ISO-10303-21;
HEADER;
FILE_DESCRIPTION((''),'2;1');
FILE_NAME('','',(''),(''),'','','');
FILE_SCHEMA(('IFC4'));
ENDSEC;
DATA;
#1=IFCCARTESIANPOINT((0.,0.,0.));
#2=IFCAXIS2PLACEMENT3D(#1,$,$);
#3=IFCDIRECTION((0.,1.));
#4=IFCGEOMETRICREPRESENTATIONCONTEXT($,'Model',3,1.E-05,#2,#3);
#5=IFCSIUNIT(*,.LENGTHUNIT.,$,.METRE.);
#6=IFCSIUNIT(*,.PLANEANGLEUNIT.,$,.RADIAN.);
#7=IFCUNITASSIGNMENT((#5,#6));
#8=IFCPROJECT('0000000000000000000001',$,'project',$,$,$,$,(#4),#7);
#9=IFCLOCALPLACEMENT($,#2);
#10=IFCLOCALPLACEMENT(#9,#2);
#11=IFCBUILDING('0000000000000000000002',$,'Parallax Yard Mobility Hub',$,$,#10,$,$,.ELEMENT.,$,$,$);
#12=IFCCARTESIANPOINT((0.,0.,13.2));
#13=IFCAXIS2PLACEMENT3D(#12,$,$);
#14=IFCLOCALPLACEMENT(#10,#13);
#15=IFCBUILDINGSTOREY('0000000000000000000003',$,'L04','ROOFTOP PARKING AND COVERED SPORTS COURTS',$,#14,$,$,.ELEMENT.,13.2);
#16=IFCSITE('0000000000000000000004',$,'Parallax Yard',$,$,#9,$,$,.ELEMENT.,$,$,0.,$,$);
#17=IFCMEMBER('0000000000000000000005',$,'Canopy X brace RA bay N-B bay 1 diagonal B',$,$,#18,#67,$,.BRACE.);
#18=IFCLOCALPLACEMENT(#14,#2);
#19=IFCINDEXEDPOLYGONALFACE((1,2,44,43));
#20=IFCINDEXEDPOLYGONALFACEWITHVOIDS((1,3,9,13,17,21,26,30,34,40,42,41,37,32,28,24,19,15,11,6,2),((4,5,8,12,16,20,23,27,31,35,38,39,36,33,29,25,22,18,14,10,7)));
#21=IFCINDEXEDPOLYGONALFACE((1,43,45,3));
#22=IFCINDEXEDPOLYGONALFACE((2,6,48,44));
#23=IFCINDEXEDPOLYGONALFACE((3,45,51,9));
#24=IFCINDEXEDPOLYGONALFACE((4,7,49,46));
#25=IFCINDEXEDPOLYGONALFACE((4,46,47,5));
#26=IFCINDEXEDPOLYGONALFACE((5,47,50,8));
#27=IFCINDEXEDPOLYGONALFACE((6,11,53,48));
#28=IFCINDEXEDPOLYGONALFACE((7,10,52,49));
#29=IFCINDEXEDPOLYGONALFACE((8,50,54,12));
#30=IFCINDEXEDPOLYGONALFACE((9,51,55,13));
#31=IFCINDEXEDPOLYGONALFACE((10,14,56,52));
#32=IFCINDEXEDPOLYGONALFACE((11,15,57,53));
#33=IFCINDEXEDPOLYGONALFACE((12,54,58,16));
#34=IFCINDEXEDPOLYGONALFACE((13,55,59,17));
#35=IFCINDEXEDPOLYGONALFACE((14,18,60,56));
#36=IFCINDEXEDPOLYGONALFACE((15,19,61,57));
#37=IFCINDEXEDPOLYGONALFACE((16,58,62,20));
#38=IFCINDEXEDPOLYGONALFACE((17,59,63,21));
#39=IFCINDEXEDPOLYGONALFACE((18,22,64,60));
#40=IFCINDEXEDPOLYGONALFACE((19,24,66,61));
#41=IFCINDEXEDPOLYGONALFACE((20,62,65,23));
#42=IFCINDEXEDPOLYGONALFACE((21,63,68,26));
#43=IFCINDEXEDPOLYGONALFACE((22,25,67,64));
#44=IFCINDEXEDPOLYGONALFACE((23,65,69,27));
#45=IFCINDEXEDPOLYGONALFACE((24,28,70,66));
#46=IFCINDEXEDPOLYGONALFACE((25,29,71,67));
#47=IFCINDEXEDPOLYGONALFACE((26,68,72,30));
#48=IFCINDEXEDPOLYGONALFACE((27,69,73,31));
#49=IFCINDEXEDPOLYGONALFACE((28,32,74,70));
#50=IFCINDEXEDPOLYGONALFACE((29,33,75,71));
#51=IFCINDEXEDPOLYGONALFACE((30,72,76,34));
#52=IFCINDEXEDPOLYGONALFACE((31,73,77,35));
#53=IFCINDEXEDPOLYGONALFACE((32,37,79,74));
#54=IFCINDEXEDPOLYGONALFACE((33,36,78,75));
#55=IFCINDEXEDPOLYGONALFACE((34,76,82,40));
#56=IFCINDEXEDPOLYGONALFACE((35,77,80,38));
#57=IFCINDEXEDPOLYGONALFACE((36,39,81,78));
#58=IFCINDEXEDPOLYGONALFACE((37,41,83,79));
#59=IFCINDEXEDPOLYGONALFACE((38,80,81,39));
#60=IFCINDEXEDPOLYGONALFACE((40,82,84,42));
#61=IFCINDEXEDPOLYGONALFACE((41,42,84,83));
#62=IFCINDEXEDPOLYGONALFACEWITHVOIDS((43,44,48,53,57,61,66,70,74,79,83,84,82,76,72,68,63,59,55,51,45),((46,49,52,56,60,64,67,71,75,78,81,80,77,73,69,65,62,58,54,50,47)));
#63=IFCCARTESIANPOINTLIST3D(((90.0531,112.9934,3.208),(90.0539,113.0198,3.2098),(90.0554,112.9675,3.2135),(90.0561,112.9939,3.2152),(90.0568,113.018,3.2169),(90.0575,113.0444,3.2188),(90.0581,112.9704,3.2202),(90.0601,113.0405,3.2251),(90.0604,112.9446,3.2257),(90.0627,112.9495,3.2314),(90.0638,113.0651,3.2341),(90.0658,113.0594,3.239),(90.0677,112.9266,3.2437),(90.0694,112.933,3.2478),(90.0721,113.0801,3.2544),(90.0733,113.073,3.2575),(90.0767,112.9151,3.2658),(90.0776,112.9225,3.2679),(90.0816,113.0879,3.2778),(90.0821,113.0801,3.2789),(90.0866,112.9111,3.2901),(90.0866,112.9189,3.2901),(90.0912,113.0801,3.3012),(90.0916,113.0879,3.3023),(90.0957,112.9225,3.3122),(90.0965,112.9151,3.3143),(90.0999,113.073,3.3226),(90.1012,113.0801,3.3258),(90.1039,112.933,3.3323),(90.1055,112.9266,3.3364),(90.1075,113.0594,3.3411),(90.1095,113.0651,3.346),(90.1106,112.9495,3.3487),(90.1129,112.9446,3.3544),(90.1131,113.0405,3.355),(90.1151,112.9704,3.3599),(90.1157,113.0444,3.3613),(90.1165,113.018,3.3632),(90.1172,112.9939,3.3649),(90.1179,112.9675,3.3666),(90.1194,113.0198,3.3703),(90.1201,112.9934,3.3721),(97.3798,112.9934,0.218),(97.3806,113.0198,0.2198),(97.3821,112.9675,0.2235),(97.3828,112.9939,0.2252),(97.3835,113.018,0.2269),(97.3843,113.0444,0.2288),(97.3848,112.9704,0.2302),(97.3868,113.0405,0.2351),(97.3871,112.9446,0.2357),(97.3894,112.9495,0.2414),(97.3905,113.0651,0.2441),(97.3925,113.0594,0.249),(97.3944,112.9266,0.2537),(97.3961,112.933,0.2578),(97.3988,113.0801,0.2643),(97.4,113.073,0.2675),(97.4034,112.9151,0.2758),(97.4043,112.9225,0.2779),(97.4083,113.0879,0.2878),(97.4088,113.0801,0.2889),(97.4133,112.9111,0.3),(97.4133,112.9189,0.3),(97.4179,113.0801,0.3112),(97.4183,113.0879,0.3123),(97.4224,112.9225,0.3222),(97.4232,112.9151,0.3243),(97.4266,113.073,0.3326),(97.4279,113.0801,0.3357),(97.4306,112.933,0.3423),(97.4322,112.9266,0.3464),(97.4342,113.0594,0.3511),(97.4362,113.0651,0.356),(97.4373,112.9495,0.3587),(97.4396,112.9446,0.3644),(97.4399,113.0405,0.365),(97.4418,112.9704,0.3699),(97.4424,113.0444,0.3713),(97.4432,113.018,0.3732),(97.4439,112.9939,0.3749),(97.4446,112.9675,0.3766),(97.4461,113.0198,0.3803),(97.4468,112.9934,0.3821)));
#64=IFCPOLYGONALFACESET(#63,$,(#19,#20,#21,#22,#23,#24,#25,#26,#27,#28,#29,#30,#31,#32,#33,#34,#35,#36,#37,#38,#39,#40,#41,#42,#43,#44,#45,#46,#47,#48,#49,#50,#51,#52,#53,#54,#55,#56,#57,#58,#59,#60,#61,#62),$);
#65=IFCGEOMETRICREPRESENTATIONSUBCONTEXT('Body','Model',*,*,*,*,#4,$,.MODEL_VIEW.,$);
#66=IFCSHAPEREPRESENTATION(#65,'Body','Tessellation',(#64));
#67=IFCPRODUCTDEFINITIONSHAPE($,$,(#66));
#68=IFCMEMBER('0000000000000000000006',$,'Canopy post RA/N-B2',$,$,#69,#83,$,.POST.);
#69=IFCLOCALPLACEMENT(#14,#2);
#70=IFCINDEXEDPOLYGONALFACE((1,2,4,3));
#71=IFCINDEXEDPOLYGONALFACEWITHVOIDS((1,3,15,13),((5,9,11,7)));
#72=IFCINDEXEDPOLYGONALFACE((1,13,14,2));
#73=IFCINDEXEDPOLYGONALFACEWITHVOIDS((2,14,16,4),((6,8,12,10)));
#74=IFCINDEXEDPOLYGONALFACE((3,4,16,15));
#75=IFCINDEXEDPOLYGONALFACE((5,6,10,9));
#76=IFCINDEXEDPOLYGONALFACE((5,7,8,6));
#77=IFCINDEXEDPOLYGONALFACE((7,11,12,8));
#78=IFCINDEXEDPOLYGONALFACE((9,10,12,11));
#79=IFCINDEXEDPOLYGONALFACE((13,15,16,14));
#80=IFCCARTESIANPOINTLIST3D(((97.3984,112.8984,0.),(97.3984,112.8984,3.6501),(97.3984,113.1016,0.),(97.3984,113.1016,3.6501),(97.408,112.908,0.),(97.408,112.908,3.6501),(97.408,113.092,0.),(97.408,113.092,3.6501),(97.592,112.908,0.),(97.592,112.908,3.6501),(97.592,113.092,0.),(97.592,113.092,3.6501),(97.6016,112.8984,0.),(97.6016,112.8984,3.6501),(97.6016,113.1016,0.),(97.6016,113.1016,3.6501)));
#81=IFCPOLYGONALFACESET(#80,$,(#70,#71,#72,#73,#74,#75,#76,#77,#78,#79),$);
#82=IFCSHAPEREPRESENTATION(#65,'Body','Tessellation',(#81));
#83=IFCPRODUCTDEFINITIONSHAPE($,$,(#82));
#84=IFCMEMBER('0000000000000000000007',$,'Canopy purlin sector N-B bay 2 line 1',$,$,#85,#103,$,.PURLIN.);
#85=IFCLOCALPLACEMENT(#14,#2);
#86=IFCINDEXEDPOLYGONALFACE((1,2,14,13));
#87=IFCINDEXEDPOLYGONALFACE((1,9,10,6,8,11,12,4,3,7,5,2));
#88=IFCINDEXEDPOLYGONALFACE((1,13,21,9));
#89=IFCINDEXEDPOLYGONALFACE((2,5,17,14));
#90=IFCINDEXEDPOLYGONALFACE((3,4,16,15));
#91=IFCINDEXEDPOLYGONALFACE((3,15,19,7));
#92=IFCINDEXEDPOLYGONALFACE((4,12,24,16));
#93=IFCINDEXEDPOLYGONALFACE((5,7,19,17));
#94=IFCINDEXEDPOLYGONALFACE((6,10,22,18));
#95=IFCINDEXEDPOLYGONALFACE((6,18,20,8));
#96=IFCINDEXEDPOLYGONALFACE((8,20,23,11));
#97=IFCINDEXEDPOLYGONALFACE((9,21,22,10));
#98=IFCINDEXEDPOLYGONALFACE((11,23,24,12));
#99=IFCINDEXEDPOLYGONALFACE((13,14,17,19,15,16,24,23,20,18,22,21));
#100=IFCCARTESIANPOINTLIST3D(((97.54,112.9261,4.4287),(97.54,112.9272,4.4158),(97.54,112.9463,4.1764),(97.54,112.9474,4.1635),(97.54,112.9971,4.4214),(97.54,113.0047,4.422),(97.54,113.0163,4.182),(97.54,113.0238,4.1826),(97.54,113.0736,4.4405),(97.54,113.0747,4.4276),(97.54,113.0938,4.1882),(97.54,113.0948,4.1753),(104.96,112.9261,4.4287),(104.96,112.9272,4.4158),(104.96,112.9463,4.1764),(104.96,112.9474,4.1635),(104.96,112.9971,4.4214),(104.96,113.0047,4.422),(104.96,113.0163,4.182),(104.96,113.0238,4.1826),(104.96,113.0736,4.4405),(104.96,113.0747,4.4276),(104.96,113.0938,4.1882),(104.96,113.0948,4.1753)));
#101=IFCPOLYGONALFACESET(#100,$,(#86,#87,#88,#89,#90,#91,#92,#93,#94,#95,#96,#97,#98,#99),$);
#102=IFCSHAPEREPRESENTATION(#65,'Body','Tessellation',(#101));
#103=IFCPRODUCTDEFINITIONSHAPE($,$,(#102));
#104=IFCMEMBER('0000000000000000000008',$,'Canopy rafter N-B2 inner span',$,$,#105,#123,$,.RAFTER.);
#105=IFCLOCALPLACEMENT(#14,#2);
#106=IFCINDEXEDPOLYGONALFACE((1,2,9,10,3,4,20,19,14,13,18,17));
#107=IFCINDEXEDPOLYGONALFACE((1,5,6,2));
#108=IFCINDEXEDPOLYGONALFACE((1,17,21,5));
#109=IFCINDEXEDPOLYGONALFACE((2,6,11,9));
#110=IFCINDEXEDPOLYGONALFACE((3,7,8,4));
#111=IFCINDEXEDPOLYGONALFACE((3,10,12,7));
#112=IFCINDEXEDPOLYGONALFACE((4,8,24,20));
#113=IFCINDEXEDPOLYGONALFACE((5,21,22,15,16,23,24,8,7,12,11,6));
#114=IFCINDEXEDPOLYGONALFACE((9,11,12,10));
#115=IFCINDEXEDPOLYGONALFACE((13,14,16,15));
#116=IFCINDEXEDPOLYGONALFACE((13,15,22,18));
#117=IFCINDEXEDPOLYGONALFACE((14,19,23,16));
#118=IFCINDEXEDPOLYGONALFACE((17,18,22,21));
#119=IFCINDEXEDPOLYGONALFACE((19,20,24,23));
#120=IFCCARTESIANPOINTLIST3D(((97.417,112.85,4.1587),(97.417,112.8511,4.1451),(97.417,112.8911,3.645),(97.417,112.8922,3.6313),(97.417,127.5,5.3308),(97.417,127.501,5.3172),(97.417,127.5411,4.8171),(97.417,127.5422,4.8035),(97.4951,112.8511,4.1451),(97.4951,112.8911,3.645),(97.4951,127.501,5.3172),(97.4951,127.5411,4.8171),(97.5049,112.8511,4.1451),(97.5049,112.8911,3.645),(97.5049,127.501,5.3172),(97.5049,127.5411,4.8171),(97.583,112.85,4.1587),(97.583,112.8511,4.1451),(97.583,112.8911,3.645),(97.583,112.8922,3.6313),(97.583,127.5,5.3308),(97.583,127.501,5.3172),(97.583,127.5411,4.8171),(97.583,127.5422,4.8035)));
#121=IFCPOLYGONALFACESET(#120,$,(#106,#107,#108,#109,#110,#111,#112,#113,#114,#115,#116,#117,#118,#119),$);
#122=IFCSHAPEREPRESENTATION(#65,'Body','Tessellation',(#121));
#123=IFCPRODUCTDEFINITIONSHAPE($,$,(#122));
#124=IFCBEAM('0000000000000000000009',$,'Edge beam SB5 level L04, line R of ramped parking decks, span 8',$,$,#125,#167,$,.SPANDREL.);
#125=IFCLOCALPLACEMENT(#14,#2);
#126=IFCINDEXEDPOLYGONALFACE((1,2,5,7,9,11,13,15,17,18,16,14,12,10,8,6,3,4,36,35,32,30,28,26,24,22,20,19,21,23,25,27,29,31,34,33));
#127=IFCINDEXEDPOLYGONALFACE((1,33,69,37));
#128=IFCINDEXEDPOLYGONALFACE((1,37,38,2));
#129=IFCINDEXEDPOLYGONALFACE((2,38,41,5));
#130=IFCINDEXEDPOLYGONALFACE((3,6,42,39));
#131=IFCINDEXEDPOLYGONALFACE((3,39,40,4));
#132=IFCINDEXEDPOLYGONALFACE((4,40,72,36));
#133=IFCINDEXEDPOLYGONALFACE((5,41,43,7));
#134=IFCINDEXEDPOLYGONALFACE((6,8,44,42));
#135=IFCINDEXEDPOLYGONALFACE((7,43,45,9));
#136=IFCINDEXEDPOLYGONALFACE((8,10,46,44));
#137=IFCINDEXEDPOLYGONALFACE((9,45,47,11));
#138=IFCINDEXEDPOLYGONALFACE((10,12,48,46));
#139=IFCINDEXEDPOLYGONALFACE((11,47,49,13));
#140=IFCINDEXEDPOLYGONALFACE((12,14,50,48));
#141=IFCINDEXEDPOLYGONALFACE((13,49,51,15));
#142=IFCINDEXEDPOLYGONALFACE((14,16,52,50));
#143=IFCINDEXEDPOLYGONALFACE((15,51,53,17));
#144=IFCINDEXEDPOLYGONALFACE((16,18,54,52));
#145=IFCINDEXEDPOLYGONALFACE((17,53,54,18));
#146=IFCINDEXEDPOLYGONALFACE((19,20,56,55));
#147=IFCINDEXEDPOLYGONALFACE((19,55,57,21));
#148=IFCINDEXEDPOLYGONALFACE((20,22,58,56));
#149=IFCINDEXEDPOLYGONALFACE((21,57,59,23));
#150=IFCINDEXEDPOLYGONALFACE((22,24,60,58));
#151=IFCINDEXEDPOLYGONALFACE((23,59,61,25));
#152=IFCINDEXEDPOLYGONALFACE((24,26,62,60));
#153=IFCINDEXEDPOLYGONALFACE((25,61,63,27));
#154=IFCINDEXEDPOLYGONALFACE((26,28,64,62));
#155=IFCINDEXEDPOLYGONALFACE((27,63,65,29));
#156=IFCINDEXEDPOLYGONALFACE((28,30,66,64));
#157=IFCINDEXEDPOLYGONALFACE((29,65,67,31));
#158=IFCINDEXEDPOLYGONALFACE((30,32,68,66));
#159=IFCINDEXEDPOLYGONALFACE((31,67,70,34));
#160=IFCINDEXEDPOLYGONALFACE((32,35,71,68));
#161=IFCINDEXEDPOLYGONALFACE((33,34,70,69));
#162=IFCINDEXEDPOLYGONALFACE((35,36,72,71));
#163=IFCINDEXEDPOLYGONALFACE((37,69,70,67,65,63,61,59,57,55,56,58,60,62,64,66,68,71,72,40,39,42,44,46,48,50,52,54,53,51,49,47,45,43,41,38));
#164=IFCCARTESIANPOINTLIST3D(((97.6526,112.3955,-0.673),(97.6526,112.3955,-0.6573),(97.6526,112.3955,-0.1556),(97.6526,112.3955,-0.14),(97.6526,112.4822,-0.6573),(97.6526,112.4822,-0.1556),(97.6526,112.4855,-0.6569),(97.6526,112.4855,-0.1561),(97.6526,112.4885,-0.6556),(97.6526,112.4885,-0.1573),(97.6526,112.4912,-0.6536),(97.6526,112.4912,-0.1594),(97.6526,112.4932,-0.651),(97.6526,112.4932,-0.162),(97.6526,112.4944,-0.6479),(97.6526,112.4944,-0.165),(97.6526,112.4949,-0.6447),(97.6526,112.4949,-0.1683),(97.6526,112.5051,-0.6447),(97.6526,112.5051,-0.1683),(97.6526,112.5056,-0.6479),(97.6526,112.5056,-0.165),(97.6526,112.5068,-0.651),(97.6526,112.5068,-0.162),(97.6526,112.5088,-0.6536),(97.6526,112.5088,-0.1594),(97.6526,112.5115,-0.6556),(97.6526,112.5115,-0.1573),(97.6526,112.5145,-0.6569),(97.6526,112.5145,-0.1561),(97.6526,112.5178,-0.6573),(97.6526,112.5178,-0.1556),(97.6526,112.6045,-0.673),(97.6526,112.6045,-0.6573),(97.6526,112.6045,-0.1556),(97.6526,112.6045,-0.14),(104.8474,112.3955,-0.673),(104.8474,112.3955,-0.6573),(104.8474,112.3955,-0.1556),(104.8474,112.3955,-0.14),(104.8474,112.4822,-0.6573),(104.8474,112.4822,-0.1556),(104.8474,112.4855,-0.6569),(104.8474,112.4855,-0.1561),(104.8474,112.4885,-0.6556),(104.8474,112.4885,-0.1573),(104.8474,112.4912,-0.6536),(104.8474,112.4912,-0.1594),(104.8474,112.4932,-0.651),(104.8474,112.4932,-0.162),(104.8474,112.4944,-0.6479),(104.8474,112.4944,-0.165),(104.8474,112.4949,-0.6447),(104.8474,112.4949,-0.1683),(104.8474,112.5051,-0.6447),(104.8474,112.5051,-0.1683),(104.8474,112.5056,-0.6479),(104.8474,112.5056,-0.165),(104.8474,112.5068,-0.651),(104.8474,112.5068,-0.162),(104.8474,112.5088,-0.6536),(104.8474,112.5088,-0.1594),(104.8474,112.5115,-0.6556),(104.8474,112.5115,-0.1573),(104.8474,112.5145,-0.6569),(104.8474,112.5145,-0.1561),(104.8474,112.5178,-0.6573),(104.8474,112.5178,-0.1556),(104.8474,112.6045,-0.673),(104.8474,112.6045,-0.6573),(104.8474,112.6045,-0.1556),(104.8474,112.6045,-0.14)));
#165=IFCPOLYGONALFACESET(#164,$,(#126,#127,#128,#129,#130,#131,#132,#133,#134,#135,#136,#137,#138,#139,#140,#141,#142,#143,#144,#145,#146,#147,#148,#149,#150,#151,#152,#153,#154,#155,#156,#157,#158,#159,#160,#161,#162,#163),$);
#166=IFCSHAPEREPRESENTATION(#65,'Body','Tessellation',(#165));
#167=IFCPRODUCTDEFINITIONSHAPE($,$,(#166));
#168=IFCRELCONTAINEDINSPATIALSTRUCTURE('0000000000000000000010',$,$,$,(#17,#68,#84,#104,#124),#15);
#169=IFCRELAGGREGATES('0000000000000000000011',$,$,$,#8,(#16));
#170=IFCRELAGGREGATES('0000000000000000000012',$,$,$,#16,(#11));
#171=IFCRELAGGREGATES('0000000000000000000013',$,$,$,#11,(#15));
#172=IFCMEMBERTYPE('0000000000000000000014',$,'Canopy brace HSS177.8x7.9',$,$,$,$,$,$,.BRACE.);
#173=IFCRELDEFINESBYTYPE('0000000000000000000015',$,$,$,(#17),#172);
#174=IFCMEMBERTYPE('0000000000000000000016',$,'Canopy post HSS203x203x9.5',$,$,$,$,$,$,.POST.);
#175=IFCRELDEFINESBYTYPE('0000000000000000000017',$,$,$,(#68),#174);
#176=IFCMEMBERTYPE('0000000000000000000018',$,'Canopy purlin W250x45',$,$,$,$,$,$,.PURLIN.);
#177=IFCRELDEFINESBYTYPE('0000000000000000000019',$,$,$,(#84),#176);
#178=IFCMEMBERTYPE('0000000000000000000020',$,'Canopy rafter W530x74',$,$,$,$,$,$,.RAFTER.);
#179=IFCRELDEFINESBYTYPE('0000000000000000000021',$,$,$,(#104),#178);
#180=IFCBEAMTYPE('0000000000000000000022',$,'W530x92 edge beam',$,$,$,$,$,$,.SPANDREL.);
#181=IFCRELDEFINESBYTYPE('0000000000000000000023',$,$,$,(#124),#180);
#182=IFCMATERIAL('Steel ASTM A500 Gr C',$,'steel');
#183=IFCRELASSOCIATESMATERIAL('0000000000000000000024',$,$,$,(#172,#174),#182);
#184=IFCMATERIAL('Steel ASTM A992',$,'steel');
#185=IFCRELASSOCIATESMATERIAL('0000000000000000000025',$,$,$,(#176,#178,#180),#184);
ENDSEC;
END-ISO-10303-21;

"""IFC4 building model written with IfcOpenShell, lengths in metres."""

from ifc_helpers import new_model, si_unit, direction, frame, origin, origin_2d, place, context, subcontext, project, spatial, hollow_rectangle, hollow_circle, i_section, extrude, material, material_profile, profile_set, type_object, element, save


model = new_model("IFC4")

# Units and contexts
model_context = context("Model", 3, precision=1e-05, world=origin(), true_north=direction((0.0, 1.0)))
body_context = subcontext(model_context, "Body", "Model", "MODEL_VIEW")
ifc_project = project(units=[si_unit("LENGTHUNIT", "METRE"), si_unit("PLANEANGLEUNIT", "RADIAN")], contexts=[model_context])

# Site, building, storey
site_placement = place(None, origin())
site = spatial("IfcSite", under=ifc_project, at=site_placement, Name="Parallax Yard", CompositionType="ELEMENT", RefElevation=0.0)
building_placement = place(site_placement, origin())
building = spatial("IfcBuilding", under=site, at=building_placement, Name="Parallax Yard Mobility Hub", CompositionType="ELEMENT")
storey_placement = place(building_placement, frame((0.0, 0.0, 13.2)))
storey = spatial("IfcBuildingStorey", under=building, at=storey_placement, Name="L04", Description="ROOFTOP PARKING AND COVERED SPORTS COURTS", CompositionType="ELEMENT", Elevation=13.2)

# Members
ifc_material_1 = material(Name="Steel ASTM A500 Gr C", Category="steel")
ifc_material_profile_1 = material_profile(ifc_material_1, hollow_circle(Radius=0.0889, WallThickness=0.0078, at=origin_2d()), Name="HSS177.8x7.9")
ifc_profile_set_1 = profile_set([ifc_material_profile_1], Name="Steel ASTM A500 Gr C")
member_type_1 = type_object("IfcMemberType", Name="Canopy brace HSS177.8x7.9", PredefinedType="BRACE", material=ifc_profile_set_1)
member_1_placement = place(storey_placement, frame((97.4133, 113.0, 0.3), z_axis=(-0.925869, 0.0, 0.377845), x_axis=(0.0, -1.0, 0.0)))
element("IfcMember", 1, at=member_1_placement, inside=storey, type_object=member_type_1, Name="Canopy X brace RA bay N-B bay 1 diagonal B", PredefinedType="BRACE", context=body_context, shape_type="SweptSolid", body=[
    extrude(hollow_circle(Radius=0.0889, WallThickness=0.0078, at=origin_2d()), origin(), (0.0, 0.0, 1.0), 7.9133),
])
ifc_material_profile_2 = material_profile(ifc_material_1, hollow_rectangle(XDim=0.2031, YDim=0.2031, WallThickness=0.0095, at=origin_2d()), Name="HSS203x203x9.5")
ifc_profile_set_2 = profile_set([ifc_material_profile_2], Name="Steel ASTM A500 Gr C")
member_type_2 = type_object("IfcMemberType", Name="Canopy post HSS203x203x9.5", PredefinedType="POST", material=ifc_profile_set_2)
member_2_placement = place(storey_placement, frame((97.5, 113.0, 0.0), z_axis=(0.0, 0.0, 1.0), x_axis=(1.0, 0.0, 0.0)))
element("IfcMember", 2, at=member_2_placement, inside=storey, type_object=member_type_2, Name="Canopy post RA/N-B2", PredefinedType="POST", context=body_context, shape_type="SweptSolid", body=[
    extrude(hollow_rectangle(XDim=0.2031, YDim=0.2031, WallThickness=0.0095, at=origin_2d()), origin(), (0.0, 0.0, 1.0), 3.6501),
])
ifc_material_2 = material(Name="Steel ASTM A992", Category="steel")
ifc_material_profile_3 = material_profile(ifc_material_2, i_section(OverallWidth=0.1479, OverallDepth=0.2661, WebThickness=0.0076, FlangeThickness=0.0129, at=origin_2d()), Name="W250x45")
ifc_profile_set_3 = profile_set([ifc_material_profile_3], Name="Steel ASTM A992")
member_type_3 = type_object("IfcMemberType", Name="Canopy purlin W250x45", PredefinedType="PURLIN", material=ifc_profile_set_3)
member_3_placement = place(storey_placement, frame((97.54, 113.0105, 4.302), z_axis=(1.0, 0.0, 0.0), x_axis=(0.0, 0.996815, 0.079745)))
element("IfcMember", 3, at=member_3_placement, inside=storey, type_object=member_type_3, Name="Canopy purlin sector N-B bay 2 line 1", PredefinedType="PURLIN", context=body_context, shape_type="SweptSolid", body=[
    extrude(i_section(OverallWidth=0.1479, OverallDepth=0.2661, WebThickness=0.0076, FlangeThickness=0.0129, at=origin_2d()), origin(), (0.0, 0.0, 1.0), 7.4199),
])
ifc_material_profile_4 = material_profile(ifc_material_2, i_section(OverallWidth=0.166, OverallDepth=0.5291, WebThickness=0.0098, FlangeThickness=0.0137, at=origin_2d()), Name="W530x74")
ifc_profile_set_4 = profile_set([ifc_material_profile_4], Name="Steel ASTM A992")
member_type_4 = type_object("IfcMemberType", Name="Canopy rafter W530x74", PredefinedType="RAFTER", material=ifc_profile_set_4)
member_4_placement = place(storey_placement, frame((97.5, 112.8711, 3.895), z_axis=(0.0, 0.996815, 0.079754), x_axis=(-1.0, 0.0, 0.0)))
element("IfcMember", 4, at=member_4_placement, inside=storey, type_object=member_type_4, Name="Canopy rafter N-B2 inner span", PredefinedType="RAFTER", context=body_context, shape_type="SweptSolid", body=[
    extrude(i_section(OverallWidth=0.166, OverallDepth=0.5291, WebThickness=0.0098, FlangeThickness=0.0137, at=origin_2d()), origin(), (0.0, 0.0, 1.0), 14.6968),
])

# Beam
ifc_material_profile_5 = material_profile(ifc_material_2, i_section(OverallWidth=0.209, OverallDepth=0.533, WebThickness=0.0103, FlangeThickness=0.0156, FilletRadius=0.0127, at=origin_2d()), Name="W530x92")
ifc_profile_set_5 = profile_set([ifc_material_profile_5], Name="Steel ASTM A992")
beam_type_1 = type_object("IfcBeamType", Name="W530x92 edge beam", PredefinedType="SPANDREL", material=ifc_profile_set_5)
beam_1_placement = place(storey_placement, frame((97.6526, 112.5, -0.4065), z_axis=(1.0, 0.0, 0.0), x_axis=(0.0, 1.0, 0.0)))
element("IfcBeam", 5, at=beam_1_placement, inside=storey, type_object=beam_type_1, Name="Edge beam SB5 level L04, line R of ramped parking decks, span 8", PredefinedType="SPANDREL", context=body_context, shape_type="SweptSolid", body=[
    extrude(i_section(OverallWidth=0.209, OverallDepth=0.533, WebThickness=0.0103, FlangeThickness=0.0156, FilletRadius=0.0127, at=origin_2d()), origin(), (0.0, 0.0, 1.0), 7.1948),
])

save(model, "model.ifc")
